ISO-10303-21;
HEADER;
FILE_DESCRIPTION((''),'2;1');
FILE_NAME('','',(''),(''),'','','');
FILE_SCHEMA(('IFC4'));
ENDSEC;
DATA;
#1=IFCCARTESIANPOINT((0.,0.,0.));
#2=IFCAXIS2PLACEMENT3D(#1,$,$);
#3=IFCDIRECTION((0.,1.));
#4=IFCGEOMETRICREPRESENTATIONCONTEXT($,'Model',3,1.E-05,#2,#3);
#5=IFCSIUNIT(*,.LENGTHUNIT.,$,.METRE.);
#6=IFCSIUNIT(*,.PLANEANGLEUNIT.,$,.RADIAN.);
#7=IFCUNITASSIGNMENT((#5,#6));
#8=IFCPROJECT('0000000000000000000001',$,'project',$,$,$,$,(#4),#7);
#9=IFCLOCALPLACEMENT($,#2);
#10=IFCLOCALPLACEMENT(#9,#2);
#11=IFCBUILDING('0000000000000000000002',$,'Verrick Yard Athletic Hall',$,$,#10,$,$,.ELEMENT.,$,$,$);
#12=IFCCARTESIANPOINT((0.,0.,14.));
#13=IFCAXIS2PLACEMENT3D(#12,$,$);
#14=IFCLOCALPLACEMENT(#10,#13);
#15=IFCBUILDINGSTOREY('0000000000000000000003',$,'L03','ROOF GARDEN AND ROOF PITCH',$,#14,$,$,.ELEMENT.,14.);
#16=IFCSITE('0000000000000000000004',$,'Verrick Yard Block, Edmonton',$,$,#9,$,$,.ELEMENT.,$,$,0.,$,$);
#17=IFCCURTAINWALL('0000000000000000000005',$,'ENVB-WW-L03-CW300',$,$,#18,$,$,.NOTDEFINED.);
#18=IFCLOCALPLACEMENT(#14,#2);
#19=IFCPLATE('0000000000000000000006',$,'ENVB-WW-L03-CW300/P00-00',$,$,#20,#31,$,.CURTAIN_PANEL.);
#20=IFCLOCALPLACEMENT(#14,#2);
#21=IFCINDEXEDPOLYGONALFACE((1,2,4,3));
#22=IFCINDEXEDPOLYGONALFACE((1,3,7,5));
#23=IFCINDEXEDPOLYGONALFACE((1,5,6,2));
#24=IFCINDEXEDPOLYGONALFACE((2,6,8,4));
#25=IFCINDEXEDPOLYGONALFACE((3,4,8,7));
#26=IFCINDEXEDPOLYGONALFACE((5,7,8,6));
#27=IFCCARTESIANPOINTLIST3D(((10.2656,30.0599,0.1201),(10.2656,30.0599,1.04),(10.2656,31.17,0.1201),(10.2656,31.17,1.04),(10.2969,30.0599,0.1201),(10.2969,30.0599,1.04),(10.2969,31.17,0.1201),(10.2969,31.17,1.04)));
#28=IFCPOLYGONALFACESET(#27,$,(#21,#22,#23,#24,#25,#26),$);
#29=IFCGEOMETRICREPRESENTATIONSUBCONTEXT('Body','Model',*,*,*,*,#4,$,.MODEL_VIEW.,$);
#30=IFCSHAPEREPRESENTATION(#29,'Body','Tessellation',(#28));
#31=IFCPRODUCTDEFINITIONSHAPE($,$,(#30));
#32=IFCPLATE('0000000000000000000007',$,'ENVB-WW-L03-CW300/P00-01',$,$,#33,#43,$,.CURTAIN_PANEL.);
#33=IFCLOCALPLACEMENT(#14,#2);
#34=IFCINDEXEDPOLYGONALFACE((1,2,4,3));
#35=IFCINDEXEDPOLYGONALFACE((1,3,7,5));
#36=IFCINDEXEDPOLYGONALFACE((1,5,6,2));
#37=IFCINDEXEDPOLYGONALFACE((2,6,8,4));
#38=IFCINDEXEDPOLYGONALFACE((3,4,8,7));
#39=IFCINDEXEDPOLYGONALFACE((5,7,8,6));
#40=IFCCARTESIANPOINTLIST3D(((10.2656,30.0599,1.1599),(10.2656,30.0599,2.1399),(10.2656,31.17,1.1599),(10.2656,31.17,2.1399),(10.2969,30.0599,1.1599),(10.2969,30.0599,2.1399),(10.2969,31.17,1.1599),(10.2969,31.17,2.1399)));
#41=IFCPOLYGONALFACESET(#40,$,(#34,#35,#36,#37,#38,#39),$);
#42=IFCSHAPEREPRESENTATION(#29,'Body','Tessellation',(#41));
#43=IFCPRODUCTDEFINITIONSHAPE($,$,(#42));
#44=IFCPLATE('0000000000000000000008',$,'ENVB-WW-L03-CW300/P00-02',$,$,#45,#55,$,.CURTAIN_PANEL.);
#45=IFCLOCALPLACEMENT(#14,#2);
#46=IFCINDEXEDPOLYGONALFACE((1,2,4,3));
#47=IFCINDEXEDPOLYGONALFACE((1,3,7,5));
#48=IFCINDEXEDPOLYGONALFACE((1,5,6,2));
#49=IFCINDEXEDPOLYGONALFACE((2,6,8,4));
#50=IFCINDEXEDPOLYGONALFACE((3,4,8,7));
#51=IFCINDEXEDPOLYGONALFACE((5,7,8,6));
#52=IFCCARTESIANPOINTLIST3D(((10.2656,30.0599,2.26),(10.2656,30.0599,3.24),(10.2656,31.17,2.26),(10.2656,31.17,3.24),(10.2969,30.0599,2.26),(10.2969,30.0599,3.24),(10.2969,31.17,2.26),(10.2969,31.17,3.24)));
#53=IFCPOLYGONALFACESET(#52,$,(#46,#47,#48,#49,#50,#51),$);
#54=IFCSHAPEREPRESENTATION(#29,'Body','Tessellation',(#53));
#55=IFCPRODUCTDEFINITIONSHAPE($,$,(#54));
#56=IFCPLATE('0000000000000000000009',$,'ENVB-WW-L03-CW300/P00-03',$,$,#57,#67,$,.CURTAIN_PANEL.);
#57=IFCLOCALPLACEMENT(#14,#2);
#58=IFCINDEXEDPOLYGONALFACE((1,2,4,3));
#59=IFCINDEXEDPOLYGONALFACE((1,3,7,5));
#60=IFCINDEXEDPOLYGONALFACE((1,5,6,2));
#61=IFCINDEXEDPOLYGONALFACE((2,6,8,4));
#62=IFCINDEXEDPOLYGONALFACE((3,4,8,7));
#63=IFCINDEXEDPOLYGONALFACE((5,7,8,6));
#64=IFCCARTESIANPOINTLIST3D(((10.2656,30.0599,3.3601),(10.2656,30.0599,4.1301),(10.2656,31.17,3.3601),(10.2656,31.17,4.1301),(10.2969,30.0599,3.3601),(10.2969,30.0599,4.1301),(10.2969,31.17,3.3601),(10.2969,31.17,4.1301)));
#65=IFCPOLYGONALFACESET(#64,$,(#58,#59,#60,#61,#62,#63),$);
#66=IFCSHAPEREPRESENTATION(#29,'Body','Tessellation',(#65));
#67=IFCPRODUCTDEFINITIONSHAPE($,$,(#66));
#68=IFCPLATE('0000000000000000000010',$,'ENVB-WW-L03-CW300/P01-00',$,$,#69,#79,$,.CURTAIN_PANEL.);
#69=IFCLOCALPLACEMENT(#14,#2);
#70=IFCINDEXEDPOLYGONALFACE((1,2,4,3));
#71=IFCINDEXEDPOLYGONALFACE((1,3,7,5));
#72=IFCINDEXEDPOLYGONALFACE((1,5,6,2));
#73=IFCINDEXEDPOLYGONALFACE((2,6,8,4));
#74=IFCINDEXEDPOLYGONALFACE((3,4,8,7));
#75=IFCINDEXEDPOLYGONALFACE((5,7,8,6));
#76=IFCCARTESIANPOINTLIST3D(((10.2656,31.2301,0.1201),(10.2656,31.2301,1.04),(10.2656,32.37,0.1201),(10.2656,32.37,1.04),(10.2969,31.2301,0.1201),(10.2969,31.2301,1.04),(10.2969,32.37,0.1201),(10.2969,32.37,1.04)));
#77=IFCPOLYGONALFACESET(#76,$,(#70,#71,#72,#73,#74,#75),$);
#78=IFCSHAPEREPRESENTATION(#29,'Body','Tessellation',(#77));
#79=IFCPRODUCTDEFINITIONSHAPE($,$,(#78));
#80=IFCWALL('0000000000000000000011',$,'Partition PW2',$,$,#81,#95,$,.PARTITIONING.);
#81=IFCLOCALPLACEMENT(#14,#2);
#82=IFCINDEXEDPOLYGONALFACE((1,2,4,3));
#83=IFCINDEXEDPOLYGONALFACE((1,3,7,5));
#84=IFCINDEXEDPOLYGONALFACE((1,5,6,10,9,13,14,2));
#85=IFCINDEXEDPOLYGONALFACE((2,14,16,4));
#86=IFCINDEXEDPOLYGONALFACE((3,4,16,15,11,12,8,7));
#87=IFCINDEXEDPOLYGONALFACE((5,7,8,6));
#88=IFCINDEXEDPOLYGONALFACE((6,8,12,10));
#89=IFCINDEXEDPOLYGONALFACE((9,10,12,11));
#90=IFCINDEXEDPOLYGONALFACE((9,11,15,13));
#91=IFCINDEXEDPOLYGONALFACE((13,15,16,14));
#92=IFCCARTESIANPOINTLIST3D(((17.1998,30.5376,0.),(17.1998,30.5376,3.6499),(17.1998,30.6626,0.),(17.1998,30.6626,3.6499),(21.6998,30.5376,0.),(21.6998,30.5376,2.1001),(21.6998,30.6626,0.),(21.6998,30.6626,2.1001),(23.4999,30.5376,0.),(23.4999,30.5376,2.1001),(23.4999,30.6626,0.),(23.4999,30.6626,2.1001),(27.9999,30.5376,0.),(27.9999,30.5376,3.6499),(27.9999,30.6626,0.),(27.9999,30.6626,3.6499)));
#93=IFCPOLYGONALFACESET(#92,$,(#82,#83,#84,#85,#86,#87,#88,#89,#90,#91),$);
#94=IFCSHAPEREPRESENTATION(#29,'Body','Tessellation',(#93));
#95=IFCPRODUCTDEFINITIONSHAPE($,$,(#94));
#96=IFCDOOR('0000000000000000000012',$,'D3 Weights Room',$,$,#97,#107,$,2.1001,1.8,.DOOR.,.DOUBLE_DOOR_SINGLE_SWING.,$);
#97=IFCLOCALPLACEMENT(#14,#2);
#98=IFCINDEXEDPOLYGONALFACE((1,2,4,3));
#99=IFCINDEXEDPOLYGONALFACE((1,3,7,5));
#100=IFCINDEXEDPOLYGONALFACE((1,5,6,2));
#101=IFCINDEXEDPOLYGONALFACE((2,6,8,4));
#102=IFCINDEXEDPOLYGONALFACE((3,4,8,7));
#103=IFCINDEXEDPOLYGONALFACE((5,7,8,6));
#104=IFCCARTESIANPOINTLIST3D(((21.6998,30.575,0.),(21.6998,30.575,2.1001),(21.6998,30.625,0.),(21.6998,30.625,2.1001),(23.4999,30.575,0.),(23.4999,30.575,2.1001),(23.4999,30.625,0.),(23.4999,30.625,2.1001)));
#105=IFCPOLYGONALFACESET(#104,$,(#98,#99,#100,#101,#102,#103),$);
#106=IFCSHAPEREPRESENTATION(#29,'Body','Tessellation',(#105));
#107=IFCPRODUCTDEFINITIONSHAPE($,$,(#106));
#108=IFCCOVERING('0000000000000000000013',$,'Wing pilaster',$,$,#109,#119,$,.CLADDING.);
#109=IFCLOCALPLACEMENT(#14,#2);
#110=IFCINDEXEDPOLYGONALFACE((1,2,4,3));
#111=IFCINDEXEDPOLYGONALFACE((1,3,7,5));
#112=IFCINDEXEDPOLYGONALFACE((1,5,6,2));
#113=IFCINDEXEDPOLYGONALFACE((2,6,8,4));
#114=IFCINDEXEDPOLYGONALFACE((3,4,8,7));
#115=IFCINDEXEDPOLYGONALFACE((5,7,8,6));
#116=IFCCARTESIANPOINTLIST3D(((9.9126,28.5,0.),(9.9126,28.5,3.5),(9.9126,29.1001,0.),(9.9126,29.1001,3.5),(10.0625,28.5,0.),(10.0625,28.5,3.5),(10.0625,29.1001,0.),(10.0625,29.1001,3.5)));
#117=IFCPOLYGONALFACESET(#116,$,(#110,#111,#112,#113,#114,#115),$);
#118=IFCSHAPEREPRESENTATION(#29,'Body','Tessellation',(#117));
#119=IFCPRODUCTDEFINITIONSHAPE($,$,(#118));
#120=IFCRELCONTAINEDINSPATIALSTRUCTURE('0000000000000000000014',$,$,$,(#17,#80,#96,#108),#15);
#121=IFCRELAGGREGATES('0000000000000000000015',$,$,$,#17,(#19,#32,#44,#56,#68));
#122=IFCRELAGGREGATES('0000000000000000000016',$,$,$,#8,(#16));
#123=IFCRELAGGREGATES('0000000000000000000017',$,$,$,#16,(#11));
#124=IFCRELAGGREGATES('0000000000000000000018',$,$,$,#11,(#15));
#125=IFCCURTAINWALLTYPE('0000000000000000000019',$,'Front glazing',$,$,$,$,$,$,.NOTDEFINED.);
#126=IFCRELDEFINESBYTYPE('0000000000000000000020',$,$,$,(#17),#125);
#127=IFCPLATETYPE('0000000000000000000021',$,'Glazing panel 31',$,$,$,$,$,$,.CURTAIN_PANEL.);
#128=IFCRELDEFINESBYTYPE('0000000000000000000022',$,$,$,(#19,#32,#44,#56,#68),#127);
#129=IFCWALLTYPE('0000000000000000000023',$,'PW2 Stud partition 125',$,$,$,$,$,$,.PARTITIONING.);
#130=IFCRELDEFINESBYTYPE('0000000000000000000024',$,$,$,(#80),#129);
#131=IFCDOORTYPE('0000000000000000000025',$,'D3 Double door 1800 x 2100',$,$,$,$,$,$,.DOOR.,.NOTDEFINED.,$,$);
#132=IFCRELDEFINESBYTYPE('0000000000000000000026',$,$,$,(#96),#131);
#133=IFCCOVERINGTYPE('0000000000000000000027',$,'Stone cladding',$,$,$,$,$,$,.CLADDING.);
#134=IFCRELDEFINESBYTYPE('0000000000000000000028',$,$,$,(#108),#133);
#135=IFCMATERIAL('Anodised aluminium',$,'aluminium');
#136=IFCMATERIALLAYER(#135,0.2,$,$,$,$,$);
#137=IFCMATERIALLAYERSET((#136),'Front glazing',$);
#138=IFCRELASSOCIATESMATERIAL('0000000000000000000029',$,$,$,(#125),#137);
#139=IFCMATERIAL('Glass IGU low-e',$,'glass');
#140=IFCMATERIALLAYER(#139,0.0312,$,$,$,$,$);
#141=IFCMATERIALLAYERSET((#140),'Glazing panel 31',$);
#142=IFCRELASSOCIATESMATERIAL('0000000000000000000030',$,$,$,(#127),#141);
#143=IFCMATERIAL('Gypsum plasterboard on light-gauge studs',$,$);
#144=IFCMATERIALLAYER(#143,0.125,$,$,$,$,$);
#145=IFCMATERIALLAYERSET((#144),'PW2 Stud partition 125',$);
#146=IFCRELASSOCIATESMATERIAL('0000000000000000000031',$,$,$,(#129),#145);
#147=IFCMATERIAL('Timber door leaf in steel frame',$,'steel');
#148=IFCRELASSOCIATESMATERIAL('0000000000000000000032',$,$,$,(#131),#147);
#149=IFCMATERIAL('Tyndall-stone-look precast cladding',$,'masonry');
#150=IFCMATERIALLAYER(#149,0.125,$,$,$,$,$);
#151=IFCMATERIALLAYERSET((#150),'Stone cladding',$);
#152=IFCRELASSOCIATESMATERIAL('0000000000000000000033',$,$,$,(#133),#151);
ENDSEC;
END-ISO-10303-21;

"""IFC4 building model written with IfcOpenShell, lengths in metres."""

from ifc_helpers import new_model, si_unit, direction, frame, frame_2d, origin, origin_2d, place, context, subcontext, project, spatial, rectangle, extrude, material, layer, layer_set, type_object, element, fill, aggregate, save


model = new_model("IFC4")

# Units and contexts
model_context = context("Model", 3, precision=1e-05, world=origin(), true_north=direction((0.0, 1.0)))
body_context = subcontext(model_context, "Body", "Model", "MODEL_VIEW")
ifc_project = project(units=[si_unit("LENGTHUNIT", "METRE"), si_unit("PLANEANGLEUNIT", "RADIAN")], contexts=[model_context])

# Site, building, storey
site_placement = place(None, origin())
site = spatial("IfcSite", under=ifc_project, at=site_placement, Name="Verrick Yard Block, Edmonton", CompositionType="ELEMENT", RefElevation=0.0)
building_placement = place(site_placement, origin())
building = spatial("IfcBuilding", under=site, at=building_placement, Name="Verrick Yard Athletic Hall", CompositionType="ELEMENT")
storey_placement = place(building_placement, frame((0.0, 0.0, 14.0)))
storey = spatial("IfcBuildingStorey", under=building, at=storey_placement, Name="L03", Description="ROOF GARDEN AND ROOF PITCH", CompositionType="ELEMENT", Elevation=14.0)

# Curtain wall
ifc_material_1 = material(Name="Anodised aluminium", Category="aluminium")
ifc_layer_1 = layer(ifc_material_1, 0.2)
ifc_layer_set_1 = layer_set([ifc_layer_1], Name="Front glazing")
curtain_wall_type = type_object("IfcCurtainWallType", Name="Front glazing", PredefinedType="NOTDEFINED", material=ifc_layer_set_1)
curtain_wall_placement = place(storey_placement, origin())
curtain_wall = element("IfcCurtainWall", 1, at=curtain_wall_placement, inside=storey, type_object=curtain_wall_type, Name="ENVB-WW-L03-CW300", PredefinedType="NOTDEFINED")

# Plates
ifc_material_2 = material(Name="Glass IGU low-e", Category="glass")
ifc_layer_2 = layer(ifc_material_2, 0.0312)
ifc_layer_set_2 = layer_set([ifc_layer_2], Name="Glazing panel 31")
plate_type = type_object("IfcPlateType", Name="Glazing panel 31", PredefinedType="CURTAIN_PANEL", material=ifc_layer_set_2)
plate_1_placement = place(storey_placement, frame((10.2812, 30.615, 0.1201), z_axis=(0.0, 0.0, 1.0), x_axis=(0.0, 1.0, 0.0)))
plate_1 = element("IfcPlate", 2, at=plate_1_placement, type_object=plate_type, Name="ENVB-WW-L03-CW300/P00-00", PredefinedType="CURTAIN_PANEL", context=body_context, shape_type="SweptSolid", body=[
    extrude(rectangle(XDim=1.1101, YDim=0.0312, at=origin_2d()), origin(), (0.0, 0.0, 1.0), 0.9199),
])
plate_2_placement = place(storey_placement, frame((10.2812, 30.615, 1.1599), z_axis=(0.0, 0.0, 1.0), x_axis=(0.0, 1.0, 0.0)))
plate_2 = element("IfcPlate", 3, at=plate_2_placement, type_object=plate_type, Name="ENVB-WW-L03-CW300/P00-01", PredefinedType="CURTAIN_PANEL", context=body_context, shape_type="SweptSolid", body=[
    extrude(rectangle(XDim=1.1101, YDim=0.0312, at=origin_2d()), origin(), (0.0, 0.0, 1.0), 0.98),
])
plate_3_placement = place(storey_placement, frame((10.2812, 30.615, 2.26), z_axis=(0.0, 0.0, 1.0), x_axis=(0.0, 1.0, 0.0)))
plate_3 = element("IfcPlate", 4, at=plate_3_placement, type_object=plate_type, Name="ENVB-WW-L03-CW300/P00-02", PredefinedType="CURTAIN_PANEL", context=body_context, shape_type="SweptSolid", body=[
    extrude(rectangle(XDim=1.1101, YDim=0.0312, at=origin_2d()), origin(), (0.0, 0.0, 1.0), 0.98),
])
plate_4_placement = place(storey_placement, frame((10.2812, 30.615, 3.3601), z_axis=(0.0, 0.0, 1.0), x_axis=(0.0, 1.0, 0.0)))
plate_4 = element("IfcPlate", 5, at=plate_4_placement, type_object=plate_type, Name="ENVB-WW-L03-CW300/P00-03", PredefinedType="CURTAIN_PANEL", context=body_context, shape_type="SweptSolid", body=[
    extrude(rectangle(XDim=1.1101, YDim=0.0312, at=origin_2d()), origin(), (0.0, 0.0, 1.0), 0.77),
])
plate_5_placement = place(storey_placement, frame((10.2812, 31.8, 0.1201), z_axis=(0.0, 0.0, 1.0), x_axis=(0.0, 1.0, 0.0)))
plate_5 = element("IfcPlate", 6, at=plate_5_placement, type_object=plate_type, Name="ENVB-WW-L03-CW300/P01-00", PredefinedType="CURTAIN_PANEL", context=body_context, shape_type="SweptSolid", body=[
    extrude(rectangle(XDim=1.1399, YDim=0.0312, at=origin_2d()), origin(), (0.0, 0.0, 1.0), 0.9199),
])
aggregate(curtain_wall, [plate_1, plate_2, plate_3, plate_4, plate_5])

# Wall, opening, door
ifc_material_3 = material(Name="Gypsum plasterboard on light-gauge studs")
ifc_layer_3 = layer(ifc_material_3, 0.125)
ifc_layer_set_3 = layer_set([ifc_layer_3], Name="PW2 Stud partition 125")
wall_type = type_object("IfcWallType", Name="PW2 Stud partition 125", PredefinedType="PARTITIONING", material=ifc_layer_set_3)
wall_placement = place(storey_placement, frame((17.2, 30.6001, 0.0), z_axis=(0.0, 0.0, 1.0), x_axis=(1.0, 0.0, 0.0)))
wall = element("IfcWall", 7, at=wall_placement, inside=storey, type_object=wall_type, Name="Partition PW2", PredefinedType="PARTITIONING", context=body_context, shape_type="SweptSolid", body=[
    extrude(rectangle(XDim=10.8, YDim=0.125, at=frame_2d((5.3999, 0.0))), origin(), (0.0, 0.0, 1.0), 3.6499),
])
opening_placement = place(wall_placement, frame((4.5, 0.0, 0.0)))
opening = element("IfcOpeningElement", 8, at=opening_placement, cuts=wall, PredefinedType="OPENING", context=body_context, shape_type="SweptSolid", body=[
    extrude(rectangle(XDim=1.8, YDim=2.1001, at=frame_2d((0.8999, 1.05))), frame((0.0, 0.0725, 0.0), z_axis=(0.0, -1.0, 0.0), x_axis=(1.0, 0.0, 0.0)), (0.0, 0.0, 1.0), 0.145),
])
ifc_material_4 = material(Name="Timber door leaf in steel frame", Category="steel")
door_type = type_object("IfcDoorType", Name="D3 Double door 1800 x 2100", OperationType="NOTDEFINED", PredefinedType="DOOR", material=ifc_material_4)
door_placement = place(opening_placement, origin())
door = element("IfcDoor", 9, at=door_placement, inside=storey, type_object=door_type, Name="D3 Weights Room", OperationType="DOUBLE_DOOR_SINGLE_SWING", OverallHeight=2.1001, OverallWidth=1.8, PredefinedType="DOOR", context=body_context, shape_type="SweptSolid", body=[
    extrude(rectangle(XDim=1.8, YDim=2.1001, at=frame_2d((0.8999, 1.05))), frame((0.0, 0.0249, 0.0), z_axis=(0.0, -1.0, 0.0), x_axis=(1.0, 0.0, 0.0)), (0.0, 0.0, 1.0), 0.05),
])
fill(opening, door)

# Covering
ifc_material_5 = material(Name="Tyndall-stone-look precast cladding", Category="masonry")
ifc_layer_4 = layer(ifc_material_5, 0.125)
ifc_layer_set_4 = layer_set([ifc_layer_4], Name="Stone cladding")
covering_type = type_object("IfcCoveringType", Name="Stone cladding", PredefinedType="CLADDING", material=ifc_layer_set_4)
covering_placement = place(storey_placement, frame((9.9875, 28.8, 0.0), z_axis=(0.0, 0.0, 1.0), x_axis=(0.0, 1.0, 0.0)))
element("IfcCovering", 10, at=covering_placement, inside=storey, type_object=covering_type, Name="Wing pilaster", PredefinedType="CLADDING", context=body_context, shape_type="SweptSolid", body=[
    extrude(rectangle(XDim=0.6001, YDim=0.1499, at=origin_2d()), origin(), (0.0, 0.0, 1.0), 3.5),
])

save(model, "model.ifc")
